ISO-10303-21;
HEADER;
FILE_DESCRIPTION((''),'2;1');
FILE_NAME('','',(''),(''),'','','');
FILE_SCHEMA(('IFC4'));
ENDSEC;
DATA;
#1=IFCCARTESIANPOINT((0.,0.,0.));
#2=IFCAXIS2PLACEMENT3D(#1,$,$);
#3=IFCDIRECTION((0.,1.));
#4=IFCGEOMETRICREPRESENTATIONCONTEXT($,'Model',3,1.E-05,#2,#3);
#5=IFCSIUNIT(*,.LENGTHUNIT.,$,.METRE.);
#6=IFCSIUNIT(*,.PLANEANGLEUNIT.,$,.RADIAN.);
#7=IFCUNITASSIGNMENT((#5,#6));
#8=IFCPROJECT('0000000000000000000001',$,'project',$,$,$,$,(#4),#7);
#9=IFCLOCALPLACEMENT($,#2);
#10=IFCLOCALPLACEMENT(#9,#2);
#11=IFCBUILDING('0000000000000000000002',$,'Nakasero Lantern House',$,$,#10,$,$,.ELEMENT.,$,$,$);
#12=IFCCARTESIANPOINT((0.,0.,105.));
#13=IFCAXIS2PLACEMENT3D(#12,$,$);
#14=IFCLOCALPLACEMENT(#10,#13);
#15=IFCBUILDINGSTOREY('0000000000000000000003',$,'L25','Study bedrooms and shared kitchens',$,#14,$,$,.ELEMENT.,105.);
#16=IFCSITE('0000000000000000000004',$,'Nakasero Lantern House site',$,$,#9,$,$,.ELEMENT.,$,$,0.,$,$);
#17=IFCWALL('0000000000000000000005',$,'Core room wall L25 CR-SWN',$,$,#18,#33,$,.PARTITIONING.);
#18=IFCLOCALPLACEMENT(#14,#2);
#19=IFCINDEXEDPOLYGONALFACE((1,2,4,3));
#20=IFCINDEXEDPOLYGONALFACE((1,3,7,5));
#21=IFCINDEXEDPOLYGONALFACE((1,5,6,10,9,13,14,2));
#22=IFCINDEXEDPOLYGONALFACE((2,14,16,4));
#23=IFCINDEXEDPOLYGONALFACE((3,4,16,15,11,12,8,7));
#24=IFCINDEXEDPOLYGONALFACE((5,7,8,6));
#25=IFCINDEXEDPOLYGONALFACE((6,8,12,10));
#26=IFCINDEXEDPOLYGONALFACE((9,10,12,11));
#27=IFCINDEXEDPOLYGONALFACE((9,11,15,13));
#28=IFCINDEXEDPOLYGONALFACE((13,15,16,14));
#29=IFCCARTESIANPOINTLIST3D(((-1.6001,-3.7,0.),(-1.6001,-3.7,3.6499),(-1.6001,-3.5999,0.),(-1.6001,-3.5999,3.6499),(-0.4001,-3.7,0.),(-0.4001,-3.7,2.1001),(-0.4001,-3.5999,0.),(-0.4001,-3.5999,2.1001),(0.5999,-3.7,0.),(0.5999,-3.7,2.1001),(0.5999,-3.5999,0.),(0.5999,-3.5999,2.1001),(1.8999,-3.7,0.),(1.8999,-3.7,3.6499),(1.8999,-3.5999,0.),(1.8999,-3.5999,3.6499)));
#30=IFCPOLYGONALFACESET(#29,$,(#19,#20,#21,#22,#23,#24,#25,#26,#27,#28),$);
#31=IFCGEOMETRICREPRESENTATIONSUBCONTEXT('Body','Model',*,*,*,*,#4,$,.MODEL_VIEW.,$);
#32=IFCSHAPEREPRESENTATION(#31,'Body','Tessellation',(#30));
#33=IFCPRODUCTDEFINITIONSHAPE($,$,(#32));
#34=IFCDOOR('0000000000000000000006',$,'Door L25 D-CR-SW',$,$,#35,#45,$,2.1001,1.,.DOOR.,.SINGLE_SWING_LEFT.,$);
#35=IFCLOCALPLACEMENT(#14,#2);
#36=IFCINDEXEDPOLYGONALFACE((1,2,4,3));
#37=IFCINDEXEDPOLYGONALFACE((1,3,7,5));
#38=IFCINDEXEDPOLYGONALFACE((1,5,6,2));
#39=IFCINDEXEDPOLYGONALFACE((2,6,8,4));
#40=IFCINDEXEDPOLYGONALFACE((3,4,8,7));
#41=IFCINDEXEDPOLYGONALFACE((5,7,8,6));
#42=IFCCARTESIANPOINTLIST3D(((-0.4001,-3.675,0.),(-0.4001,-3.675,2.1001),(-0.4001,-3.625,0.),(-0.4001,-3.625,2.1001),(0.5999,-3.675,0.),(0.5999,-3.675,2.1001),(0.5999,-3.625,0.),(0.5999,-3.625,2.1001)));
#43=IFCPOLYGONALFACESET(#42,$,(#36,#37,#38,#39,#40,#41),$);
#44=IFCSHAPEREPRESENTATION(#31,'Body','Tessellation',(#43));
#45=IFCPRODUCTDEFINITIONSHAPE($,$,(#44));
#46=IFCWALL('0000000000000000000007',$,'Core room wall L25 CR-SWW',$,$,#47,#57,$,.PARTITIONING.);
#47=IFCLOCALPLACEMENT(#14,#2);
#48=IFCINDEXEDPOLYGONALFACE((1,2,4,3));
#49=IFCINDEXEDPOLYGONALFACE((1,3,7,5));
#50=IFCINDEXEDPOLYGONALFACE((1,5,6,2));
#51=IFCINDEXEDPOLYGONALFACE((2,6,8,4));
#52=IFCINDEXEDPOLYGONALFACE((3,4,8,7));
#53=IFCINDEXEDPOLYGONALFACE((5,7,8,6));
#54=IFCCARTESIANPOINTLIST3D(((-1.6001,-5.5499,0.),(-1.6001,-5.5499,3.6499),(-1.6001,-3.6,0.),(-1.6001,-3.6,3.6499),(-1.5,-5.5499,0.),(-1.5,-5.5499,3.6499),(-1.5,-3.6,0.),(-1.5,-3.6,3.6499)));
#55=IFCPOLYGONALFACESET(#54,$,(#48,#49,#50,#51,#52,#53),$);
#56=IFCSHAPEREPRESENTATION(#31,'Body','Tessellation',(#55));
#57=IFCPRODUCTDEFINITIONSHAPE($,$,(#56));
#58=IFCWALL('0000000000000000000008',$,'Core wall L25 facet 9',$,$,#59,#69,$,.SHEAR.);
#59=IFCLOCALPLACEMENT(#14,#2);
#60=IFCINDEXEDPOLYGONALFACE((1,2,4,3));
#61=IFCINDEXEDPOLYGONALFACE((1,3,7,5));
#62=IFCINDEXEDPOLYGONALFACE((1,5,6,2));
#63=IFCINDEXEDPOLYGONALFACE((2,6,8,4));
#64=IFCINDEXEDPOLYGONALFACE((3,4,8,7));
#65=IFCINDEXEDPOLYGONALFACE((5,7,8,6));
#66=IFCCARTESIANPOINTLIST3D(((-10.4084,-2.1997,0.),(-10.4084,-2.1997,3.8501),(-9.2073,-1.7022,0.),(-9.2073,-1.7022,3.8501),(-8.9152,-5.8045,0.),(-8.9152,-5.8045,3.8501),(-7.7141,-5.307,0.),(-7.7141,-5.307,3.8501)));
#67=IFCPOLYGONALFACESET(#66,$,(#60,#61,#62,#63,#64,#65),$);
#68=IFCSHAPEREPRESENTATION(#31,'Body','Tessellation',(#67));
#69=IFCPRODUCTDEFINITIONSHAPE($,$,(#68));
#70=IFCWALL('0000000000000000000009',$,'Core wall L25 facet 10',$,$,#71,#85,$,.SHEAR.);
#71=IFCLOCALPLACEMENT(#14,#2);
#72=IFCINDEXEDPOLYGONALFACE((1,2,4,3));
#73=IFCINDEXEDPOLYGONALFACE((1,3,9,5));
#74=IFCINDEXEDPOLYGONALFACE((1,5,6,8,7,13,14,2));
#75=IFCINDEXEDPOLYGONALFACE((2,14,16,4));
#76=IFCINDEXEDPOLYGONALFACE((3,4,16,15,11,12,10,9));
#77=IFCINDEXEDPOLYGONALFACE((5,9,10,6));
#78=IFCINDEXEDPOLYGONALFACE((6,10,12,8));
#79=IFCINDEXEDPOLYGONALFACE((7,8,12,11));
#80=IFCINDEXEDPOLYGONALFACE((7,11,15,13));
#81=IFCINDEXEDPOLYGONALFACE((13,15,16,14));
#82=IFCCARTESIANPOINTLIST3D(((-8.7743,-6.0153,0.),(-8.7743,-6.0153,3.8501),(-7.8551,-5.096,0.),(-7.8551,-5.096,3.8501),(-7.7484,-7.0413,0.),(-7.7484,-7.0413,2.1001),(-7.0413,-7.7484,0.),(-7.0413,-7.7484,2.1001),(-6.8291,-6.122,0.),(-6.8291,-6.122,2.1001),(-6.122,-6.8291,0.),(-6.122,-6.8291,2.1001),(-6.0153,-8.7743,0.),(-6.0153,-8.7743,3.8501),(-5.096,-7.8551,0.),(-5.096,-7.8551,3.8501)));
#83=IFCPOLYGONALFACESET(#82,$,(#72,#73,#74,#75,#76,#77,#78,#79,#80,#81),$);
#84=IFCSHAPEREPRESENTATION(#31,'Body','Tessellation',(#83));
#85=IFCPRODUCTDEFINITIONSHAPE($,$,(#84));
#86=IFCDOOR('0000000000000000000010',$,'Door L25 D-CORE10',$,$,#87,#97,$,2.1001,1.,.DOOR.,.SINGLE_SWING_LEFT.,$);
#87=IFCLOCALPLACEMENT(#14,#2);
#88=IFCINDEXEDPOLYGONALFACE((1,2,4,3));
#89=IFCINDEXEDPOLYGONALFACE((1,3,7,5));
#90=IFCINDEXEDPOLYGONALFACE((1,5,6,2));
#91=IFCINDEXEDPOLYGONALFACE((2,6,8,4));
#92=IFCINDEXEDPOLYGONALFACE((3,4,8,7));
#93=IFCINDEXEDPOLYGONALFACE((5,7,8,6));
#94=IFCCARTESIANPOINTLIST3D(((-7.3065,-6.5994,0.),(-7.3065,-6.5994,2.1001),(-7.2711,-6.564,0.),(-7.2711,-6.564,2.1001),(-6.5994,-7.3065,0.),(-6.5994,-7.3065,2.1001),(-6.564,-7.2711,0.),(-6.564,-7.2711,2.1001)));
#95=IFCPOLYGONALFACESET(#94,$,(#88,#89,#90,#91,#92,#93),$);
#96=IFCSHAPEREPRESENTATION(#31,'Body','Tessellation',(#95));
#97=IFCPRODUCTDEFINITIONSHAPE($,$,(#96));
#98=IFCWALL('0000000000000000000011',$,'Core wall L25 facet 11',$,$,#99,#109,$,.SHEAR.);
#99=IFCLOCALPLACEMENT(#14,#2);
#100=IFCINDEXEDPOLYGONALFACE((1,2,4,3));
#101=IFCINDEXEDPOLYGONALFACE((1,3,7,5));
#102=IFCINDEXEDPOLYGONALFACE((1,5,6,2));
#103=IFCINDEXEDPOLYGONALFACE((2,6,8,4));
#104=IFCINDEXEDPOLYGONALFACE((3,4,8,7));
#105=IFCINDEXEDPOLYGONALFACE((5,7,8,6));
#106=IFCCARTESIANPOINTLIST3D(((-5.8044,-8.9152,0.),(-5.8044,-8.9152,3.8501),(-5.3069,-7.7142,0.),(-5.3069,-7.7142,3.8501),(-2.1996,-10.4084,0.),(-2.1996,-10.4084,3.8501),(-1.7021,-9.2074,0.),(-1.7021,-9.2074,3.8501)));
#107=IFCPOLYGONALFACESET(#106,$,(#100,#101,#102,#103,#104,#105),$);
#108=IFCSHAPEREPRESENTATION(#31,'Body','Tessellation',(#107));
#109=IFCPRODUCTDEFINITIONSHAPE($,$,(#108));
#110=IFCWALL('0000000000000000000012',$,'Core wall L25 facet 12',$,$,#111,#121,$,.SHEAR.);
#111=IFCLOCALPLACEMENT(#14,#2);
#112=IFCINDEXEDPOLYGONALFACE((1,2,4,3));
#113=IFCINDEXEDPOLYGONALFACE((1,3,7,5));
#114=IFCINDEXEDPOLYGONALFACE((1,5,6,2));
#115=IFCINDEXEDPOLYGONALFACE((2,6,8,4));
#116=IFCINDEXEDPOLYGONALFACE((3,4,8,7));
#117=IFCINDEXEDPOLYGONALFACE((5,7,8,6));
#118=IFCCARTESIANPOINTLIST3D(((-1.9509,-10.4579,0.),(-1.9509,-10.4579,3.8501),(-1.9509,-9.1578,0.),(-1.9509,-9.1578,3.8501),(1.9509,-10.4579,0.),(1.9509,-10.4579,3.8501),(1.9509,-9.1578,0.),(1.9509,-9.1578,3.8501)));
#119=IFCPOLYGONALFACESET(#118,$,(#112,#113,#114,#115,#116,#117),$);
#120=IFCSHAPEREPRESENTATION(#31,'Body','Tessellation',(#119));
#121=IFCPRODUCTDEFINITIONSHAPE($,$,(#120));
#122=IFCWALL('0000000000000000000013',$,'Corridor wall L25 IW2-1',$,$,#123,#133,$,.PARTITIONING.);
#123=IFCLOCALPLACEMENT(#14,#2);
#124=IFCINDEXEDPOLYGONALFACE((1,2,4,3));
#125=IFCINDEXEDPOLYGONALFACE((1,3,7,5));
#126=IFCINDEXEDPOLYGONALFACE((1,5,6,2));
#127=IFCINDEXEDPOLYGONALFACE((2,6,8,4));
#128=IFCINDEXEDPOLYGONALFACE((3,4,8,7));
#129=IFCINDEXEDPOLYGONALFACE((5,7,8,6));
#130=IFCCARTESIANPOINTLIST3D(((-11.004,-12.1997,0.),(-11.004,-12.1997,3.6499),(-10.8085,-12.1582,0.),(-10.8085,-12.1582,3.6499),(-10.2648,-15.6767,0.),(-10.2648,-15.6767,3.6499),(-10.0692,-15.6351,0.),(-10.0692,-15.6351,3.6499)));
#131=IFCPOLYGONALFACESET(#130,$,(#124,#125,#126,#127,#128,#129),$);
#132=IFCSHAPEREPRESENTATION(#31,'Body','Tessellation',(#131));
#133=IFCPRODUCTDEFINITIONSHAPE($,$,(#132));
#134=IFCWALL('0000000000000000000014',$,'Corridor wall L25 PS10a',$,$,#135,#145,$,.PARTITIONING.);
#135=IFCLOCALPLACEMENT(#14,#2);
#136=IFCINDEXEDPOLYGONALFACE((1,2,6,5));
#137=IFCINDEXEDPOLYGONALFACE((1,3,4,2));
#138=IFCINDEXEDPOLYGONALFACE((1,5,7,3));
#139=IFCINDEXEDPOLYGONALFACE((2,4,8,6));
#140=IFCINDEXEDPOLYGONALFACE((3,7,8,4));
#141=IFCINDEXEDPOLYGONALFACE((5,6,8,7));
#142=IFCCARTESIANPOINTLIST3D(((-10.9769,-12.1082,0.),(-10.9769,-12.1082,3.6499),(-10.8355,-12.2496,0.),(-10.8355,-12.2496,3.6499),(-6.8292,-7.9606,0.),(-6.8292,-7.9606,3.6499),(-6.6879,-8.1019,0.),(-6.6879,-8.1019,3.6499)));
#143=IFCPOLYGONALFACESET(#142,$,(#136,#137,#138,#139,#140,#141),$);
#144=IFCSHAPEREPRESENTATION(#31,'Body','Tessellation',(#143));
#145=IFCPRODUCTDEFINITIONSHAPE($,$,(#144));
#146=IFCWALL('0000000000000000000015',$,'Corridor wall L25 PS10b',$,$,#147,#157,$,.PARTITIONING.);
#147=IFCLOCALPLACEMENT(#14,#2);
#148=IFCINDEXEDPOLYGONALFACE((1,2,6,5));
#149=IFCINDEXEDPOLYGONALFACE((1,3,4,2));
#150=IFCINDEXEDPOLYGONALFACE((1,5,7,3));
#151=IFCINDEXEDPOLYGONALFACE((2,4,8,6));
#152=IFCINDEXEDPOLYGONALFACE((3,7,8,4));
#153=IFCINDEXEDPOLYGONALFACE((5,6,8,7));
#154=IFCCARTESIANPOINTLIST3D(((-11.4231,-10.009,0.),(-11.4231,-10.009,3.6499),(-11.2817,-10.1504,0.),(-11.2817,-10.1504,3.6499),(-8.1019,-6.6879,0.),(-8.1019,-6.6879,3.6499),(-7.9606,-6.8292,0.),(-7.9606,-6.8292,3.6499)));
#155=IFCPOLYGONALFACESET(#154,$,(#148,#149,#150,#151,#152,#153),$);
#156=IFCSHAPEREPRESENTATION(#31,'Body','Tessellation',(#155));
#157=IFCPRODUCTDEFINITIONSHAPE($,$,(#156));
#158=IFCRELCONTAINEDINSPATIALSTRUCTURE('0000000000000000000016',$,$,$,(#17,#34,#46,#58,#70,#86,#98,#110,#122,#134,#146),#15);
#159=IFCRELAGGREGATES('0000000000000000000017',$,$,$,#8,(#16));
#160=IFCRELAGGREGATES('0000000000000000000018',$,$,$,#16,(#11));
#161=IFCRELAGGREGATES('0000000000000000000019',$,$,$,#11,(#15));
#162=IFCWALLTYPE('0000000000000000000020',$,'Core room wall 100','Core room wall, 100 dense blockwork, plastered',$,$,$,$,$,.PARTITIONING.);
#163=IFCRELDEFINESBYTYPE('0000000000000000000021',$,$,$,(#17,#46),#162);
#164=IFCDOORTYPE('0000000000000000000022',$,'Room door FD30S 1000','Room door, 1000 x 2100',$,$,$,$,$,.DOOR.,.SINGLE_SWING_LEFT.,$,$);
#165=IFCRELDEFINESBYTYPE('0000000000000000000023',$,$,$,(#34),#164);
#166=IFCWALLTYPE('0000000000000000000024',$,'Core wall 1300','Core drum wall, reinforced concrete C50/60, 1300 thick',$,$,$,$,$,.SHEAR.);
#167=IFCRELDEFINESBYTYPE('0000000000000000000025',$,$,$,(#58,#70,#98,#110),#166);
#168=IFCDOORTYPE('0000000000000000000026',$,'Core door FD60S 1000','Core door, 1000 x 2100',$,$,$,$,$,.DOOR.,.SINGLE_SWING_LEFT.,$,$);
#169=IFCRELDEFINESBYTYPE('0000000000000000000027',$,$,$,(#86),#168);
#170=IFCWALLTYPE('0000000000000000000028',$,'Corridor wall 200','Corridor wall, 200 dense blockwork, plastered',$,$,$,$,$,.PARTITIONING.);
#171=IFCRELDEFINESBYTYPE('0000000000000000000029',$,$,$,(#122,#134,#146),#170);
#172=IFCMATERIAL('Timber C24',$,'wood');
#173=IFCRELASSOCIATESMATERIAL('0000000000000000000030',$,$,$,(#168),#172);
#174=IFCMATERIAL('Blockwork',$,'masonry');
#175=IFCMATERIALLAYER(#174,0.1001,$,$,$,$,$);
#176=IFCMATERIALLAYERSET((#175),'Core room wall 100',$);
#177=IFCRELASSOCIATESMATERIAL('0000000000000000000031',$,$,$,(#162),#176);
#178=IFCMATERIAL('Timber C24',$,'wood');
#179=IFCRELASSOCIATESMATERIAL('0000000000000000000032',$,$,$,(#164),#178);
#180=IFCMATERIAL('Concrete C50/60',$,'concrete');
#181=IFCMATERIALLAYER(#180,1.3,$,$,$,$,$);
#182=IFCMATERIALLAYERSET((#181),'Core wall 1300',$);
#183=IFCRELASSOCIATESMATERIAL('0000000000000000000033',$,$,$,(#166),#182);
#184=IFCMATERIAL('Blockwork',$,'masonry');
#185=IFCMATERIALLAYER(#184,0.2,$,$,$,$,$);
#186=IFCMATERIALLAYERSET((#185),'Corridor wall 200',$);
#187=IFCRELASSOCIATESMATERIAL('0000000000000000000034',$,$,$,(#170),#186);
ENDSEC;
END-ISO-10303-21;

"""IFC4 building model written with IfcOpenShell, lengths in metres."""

from ifc_helpers import new_model, si_unit, direction, frame, frame_2d, origin, place, context, subcontext, project, spatial, rectangle, extrude, material, layer, layer_set, type_object, element, fill, save


model = new_model("IFC4")

# Units and contexts
model_context = context("Model", 3, precision=1e-05, world=origin(), true_north=direction((0.0, 1.0)))
body_context = subcontext(model_context, "Body", "Model", "MODEL_VIEW")
ifc_project = project(units=[si_unit("LENGTHUNIT", "METRE"), si_unit("PLANEANGLEUNIT", "RADIAN")], contexts=[model_context])

# Site, building, storey
site_placement = place(None, origin())
site = spatial("IfcSite", under=ifc_project, at=site_placement, Name="Nakasero Lantern House site", CompositionType="ELEMENT", RefElevation=0.0)
building_placement = place(site_placement, origin())
building = spatial("IfcBuilding", under=site, at=building_placement, Name="Nakasero Lantern House", CompositionType="ELEMENT")
storey_placement = place(building_placement, frame((0.0, 0.0, 105.0)))
storey = spatial("IfcBuildingStorey", under=building, at=storey_placement, Name="L25", Description="Study bedrooms and shared kitchens", CompositionType="ELEMENT", Elevation=105.0)

# Shared definitions
ifc_material_1 = material(Name="Timber C24", Category="wood")
door_type_1 = type_object("IfcDoorType", Name="Core door FD60S 1000", Description="Core door, 1000 x 2100", OperationType="SINGLE_SWING_LEFT", PredefinedType="DOOR", material=ifc_material_1)

# Wall, opening, door
ifc_material_2 = material(Name="Blockwork", Category="masonry")
ifc_layer_1 = layer(ifc_material_2, 0.1001)
ifc_layer_set_1 = layer_set([ifc_layer_1], Name="Core room wall 100")
wall_type_1 = type_object("IfcWallType", Name="Core room wall 100", Description="Core room wall, 100 dense blockwork, plastered", PredefinedType="PARTITIONING", material=ifc_layer_set_1)
wall_1_placement = place(storey_placement, frame((-1.6001, -3.6499, 0.0), z_axis=(0.0, 0.0, 1.0), x_axis=(1.0, 0.0, 0.0)))
wall_1 = element("IfcWall", 1, at=wall_1_placement, inside=storey, type_object=wall_type_1, Name="Core room wall L25 CR-SWN", PredefinedType="PARTITIONING", context=body_context, shape_type="SweptSolid", body=[
    extrude(rectangle(XDim=3.5, YDim=0.1001, at=frame_2d((1.75, 0.0))), origin(), (0.0, 0.0, 1.0), 3.6499),
])
opening_1_placement = place(wall_1_placement, frame((1.2, 0.0, 0.0)))
opening_1 = element("IfcOpeningElement", 2, at=opening_1_placement, cuts=wall_1, PredefinedType="OPENING", context=body_context, shape_type="SweptSolid", body=[
    extrude(rectangle(XDim=1.0, YDim=2.1001, at=frame_2d((0.5, 1.05))), frame((0.0, 0.0701, 0.0), z_axis=(0.0, -1.0, 0.0), x_axis=(1.0, 0.0, 0.0)), (0.0, 0.0, 1.0), 0.1401),
])
ifc_material_3 = material(Name="Timber C24", Category="wood")
door_type_2 = type_object("IfcDoorType", Name="Room door FD30S 1000", Description="Room door, 1000 x 2100", OperationType="SINGLE_SWING_LEFT", PredefinedType="DOOR", material=ifc_material_3)
door_1_placement = place(opening_1_placement, origin())
door_1 = element("IfcDoor", 3, at=door_1_placement, inside=storey, type_object=door_type_2, Name="Door L25 D-CR-SW", OperationType="SINGLE_SWING_LEFT", OverallHeight=2.1001, OverallWidth=1.0, PredefinedType="DOOR", context=body_context, shape_type="SweptSolid", body=[
    extrude(rectangle(XDim=1.0, YDim=2.1001, at=frame_2d((0.5, 1.05))), frame((0.0, 0.0249, 0.0), z_axis=(0.0, -1.0, 0.0), x_axis=(1.0, 0.0, 0.0)), (0.0, 0.0, 1.0), 0.05),
])
fill(opening_1, door_1)

# Walls
wall_2_placement = place(storey_placement, frame((-1.55, -5.55, 0.0), z_axis=(0.0, 0.0, 1.0), x_axis=(0.0, 1.0, 0.0)))
element("IfcWall", 4, at=wall_2_placement, inside=storey, type_object=wall_type_1, Name="Core room wall L25 CR-SWW", PredefinedType="PARTITIONING", context=body_context, shape_type="SweptSolid", body=[
    extrude(rectangle(XDim=1.95, YDim=0.1001, at=frame_2d((0.9751, 0.0))), origin(), (0.0, 0.0, 1.0), 3.6499),
])
ifc_material_4 = material(Name="Concrete C50/60", Category="concrete")
ifc_layer_2 = layer(ifc_material_4, 1.3)
ifc_layer_set_2 = layer_set([ifc_layer_2], Name="Core wall 1300")
wall_type_2 = type_object("IfcWallType", Name="Core wall 1300", Description="Core drum wall, reinforced concrete C50/60, 1300 thick", PredefinedType="SHEAR", material=ifc_layer_set_2)
wall_3_placement = place(storey_placement, frame((-9.8079, -1.9509, 0.0), z_axis=(0.0, 0.0, 1.0), x_axis=(0.382691, -0.923877, 0.0)))
element("IfcWall", 5, at=wall_3_placement, inside=storey, type_object=wall_type_2, Name="Core wall L25 facet 9", PredefinedType="SHEAR", context=body_context, shape_type="SweptSolid", body=[
    extrude(rectangle(XDim=3.9019, YDim=1.3, at=frame_2d((1.9509, 0.0))), origin(), (0.0, 0.0, 1.0), 3.8501),
])

# Wall, opening, door
wall_4_placement = place(storey_placement, frame((-8.3147, -5.5557, 0.0), z_axis=(0.0, 0.0, 1.0), x_axis=(0.707107, -0.707107, 0.0)))
wall_4 = element("IfcWall", 6, at=wall_4_placement, inside=storey, type_object=wall_type_2, Name="Core wall L25 facet 10", PredefinedType="SHEAR", context=body_context, shape_type="SweptSolid", body=[
    extrude(rectangle(XDim=3.9019, YDim=1.3, at=frame_2d((1.9509, 0.0))), origin(), (0.0, 0.0, 1.0), 3.8501),
])
opening_2_placement = place(wall_4_placement, frame((1.4509, 0.0, 0.0)))
opening_2 = element("IfcOpeningElement", 7, at=opening_2_placement, cuts=wall_4, PredefinedType="OPENING", context=body_context, shape_type="SweptSolid", body=[
    extrude(rectangle(XDim=1.0, YDim=2.1001, at=frame_2d((0.5, 1.05))), frame((0.0, 0.6699, 0.0), z_axis=(0.0, -1.0, 0.0), x_axis=(1.0, 0.0, 0.0)), (0.0, 0.0, 1.0), 1.3401),
])
door_2_placement = place(opening_2_placement, origin())
door_2 = element("IfcDoor", 8, at=door_2_placement, inside=storey, type_object=door_type_1, Name="Door L25 D-CORE10", OperationType="SINGLE_SWING_LEFT", OverallHeight=2.1001, OverallWidth=1.0, PredefinedType="DOOR", context=body_context, shape_type="SweptSolid", body=[
    extrude(rectangle(XDim=1.0, YDim=2.1001, at=frame_2d((0.5, 1.05))), frame((0.0, 0.0249, 0.0), z_axis=(0.0, -1.0, 0.0), x_axis=(1.0, 0.0, 0.0)), (0.0, 0.0, 1.0), 0.05),
])
fill(opening_2, door_2)

# Walls
for number, where, z_axis, x_axis, name in (
    (9, (-5.5557, -8.3147, 0.0), (0.0, 0.0, 1.0), (0.923877, -0.382691, 0.0), "Core wall L25 facet 11"),
    (10, (-1.9509, -9.8079, 0.0), (0.0, 0.0, 1.0), (1.0, 0.0, 0.0), "Core wall L25 facet 12"),
):
    element("IfcWall", number, at=place(storey_placement, frame(where, z_axis=z_axis, x_axis=x_axis)), inside=storey, type_object=wall_type_2, Name=name, PredefinedType="SHEAR", context=body_context, shape_type="SweptSolid", body=[
        extrude(rectangle(XDim=3.9019, YDim=1.3, at=frame_2d((1.9509, 0.0))), origin(), (0.0, 0.0, 1.0), 3.8501),
    ])
ifc_material_5 = material(Name="Blockwork", Category="masonry")
ifc_layer_3 = layer(ifc_material_5, 0.2)
ifc_layer_set_3 = layer_set([ifc_layer_3], Name="Corridor wall 200")
wall_type_3 = type_object("IfcWallType", Name="Corridor wall 200", Description="Corridor wall, 200 dense blockwork, plastered", PredefinedType="PARTITIONING", material=ifc_layer_set_3)
wall_5_placement = place(storey_placement, frame((-10.9062, -12.179, 0.0), z_axis=(0.0, 0.0, 1.0), x_axis=(0.207962, -0.978137, 0.0)))
element("IfcWall", 11, at=wall_5_placement, inside=storey, type_object=wall_type_3, Name="Corridor wall L25 IW2-1", PredefinedType="PARTITIONING", context=body_context, shape_type="SweptSolid", body=[
    extrude(rectangle(XDim=3.5547, YDim=0.2, at=frame_2d((1.7773, 0.0))), origin(), (0.0, 0.0, 1.0), 3.6499),
])
wall_6_placement = place(storey_placement, frame((-6.7585, -8.0312, 0.0), z_axis=(0.0, 0.0, 1.0), x_axis=(-0.707107, -0.707107, 0.0)))
element("IfcWall", 12, at=wall_6_placement, inside=storey, type_object=wall_type_3, Name="Corridor wall L25 PS10a", PredefinedType="PARTITIONING", context=body_context, shape_type="SweptSolid", body=[
    extrude(rectangle(XDim=5.8657, YDim=0.2, at=frame_2d((2.9329, 0.0))), origin(), (0.0, 0.0, 1.0), 3.6499),
])
wall_7_placement = place(storey_placement, frame((-8.0312, -6.7585, 0.0), z_axis=(0.0, 0.0, 1.0), x_axis=(-0.707107, -0.707107, 0.0)))
element("IfcWall", 13, at=wall_7_placement, inside=storey, type_object=wall_type_3, Name="Corridor wall L25 PS10b", PredefinedType="PARTITIONING", context=body_context, shape_type="SweptSolid", body=[
    extrude(rectangle(XDim=4.6968, YDim=0.2, at=frame_2d((2.3484, 0.0))), origin(), (0.0, 0.0, 1.0), 3.6499),
])

save(model, "model.ifc")
